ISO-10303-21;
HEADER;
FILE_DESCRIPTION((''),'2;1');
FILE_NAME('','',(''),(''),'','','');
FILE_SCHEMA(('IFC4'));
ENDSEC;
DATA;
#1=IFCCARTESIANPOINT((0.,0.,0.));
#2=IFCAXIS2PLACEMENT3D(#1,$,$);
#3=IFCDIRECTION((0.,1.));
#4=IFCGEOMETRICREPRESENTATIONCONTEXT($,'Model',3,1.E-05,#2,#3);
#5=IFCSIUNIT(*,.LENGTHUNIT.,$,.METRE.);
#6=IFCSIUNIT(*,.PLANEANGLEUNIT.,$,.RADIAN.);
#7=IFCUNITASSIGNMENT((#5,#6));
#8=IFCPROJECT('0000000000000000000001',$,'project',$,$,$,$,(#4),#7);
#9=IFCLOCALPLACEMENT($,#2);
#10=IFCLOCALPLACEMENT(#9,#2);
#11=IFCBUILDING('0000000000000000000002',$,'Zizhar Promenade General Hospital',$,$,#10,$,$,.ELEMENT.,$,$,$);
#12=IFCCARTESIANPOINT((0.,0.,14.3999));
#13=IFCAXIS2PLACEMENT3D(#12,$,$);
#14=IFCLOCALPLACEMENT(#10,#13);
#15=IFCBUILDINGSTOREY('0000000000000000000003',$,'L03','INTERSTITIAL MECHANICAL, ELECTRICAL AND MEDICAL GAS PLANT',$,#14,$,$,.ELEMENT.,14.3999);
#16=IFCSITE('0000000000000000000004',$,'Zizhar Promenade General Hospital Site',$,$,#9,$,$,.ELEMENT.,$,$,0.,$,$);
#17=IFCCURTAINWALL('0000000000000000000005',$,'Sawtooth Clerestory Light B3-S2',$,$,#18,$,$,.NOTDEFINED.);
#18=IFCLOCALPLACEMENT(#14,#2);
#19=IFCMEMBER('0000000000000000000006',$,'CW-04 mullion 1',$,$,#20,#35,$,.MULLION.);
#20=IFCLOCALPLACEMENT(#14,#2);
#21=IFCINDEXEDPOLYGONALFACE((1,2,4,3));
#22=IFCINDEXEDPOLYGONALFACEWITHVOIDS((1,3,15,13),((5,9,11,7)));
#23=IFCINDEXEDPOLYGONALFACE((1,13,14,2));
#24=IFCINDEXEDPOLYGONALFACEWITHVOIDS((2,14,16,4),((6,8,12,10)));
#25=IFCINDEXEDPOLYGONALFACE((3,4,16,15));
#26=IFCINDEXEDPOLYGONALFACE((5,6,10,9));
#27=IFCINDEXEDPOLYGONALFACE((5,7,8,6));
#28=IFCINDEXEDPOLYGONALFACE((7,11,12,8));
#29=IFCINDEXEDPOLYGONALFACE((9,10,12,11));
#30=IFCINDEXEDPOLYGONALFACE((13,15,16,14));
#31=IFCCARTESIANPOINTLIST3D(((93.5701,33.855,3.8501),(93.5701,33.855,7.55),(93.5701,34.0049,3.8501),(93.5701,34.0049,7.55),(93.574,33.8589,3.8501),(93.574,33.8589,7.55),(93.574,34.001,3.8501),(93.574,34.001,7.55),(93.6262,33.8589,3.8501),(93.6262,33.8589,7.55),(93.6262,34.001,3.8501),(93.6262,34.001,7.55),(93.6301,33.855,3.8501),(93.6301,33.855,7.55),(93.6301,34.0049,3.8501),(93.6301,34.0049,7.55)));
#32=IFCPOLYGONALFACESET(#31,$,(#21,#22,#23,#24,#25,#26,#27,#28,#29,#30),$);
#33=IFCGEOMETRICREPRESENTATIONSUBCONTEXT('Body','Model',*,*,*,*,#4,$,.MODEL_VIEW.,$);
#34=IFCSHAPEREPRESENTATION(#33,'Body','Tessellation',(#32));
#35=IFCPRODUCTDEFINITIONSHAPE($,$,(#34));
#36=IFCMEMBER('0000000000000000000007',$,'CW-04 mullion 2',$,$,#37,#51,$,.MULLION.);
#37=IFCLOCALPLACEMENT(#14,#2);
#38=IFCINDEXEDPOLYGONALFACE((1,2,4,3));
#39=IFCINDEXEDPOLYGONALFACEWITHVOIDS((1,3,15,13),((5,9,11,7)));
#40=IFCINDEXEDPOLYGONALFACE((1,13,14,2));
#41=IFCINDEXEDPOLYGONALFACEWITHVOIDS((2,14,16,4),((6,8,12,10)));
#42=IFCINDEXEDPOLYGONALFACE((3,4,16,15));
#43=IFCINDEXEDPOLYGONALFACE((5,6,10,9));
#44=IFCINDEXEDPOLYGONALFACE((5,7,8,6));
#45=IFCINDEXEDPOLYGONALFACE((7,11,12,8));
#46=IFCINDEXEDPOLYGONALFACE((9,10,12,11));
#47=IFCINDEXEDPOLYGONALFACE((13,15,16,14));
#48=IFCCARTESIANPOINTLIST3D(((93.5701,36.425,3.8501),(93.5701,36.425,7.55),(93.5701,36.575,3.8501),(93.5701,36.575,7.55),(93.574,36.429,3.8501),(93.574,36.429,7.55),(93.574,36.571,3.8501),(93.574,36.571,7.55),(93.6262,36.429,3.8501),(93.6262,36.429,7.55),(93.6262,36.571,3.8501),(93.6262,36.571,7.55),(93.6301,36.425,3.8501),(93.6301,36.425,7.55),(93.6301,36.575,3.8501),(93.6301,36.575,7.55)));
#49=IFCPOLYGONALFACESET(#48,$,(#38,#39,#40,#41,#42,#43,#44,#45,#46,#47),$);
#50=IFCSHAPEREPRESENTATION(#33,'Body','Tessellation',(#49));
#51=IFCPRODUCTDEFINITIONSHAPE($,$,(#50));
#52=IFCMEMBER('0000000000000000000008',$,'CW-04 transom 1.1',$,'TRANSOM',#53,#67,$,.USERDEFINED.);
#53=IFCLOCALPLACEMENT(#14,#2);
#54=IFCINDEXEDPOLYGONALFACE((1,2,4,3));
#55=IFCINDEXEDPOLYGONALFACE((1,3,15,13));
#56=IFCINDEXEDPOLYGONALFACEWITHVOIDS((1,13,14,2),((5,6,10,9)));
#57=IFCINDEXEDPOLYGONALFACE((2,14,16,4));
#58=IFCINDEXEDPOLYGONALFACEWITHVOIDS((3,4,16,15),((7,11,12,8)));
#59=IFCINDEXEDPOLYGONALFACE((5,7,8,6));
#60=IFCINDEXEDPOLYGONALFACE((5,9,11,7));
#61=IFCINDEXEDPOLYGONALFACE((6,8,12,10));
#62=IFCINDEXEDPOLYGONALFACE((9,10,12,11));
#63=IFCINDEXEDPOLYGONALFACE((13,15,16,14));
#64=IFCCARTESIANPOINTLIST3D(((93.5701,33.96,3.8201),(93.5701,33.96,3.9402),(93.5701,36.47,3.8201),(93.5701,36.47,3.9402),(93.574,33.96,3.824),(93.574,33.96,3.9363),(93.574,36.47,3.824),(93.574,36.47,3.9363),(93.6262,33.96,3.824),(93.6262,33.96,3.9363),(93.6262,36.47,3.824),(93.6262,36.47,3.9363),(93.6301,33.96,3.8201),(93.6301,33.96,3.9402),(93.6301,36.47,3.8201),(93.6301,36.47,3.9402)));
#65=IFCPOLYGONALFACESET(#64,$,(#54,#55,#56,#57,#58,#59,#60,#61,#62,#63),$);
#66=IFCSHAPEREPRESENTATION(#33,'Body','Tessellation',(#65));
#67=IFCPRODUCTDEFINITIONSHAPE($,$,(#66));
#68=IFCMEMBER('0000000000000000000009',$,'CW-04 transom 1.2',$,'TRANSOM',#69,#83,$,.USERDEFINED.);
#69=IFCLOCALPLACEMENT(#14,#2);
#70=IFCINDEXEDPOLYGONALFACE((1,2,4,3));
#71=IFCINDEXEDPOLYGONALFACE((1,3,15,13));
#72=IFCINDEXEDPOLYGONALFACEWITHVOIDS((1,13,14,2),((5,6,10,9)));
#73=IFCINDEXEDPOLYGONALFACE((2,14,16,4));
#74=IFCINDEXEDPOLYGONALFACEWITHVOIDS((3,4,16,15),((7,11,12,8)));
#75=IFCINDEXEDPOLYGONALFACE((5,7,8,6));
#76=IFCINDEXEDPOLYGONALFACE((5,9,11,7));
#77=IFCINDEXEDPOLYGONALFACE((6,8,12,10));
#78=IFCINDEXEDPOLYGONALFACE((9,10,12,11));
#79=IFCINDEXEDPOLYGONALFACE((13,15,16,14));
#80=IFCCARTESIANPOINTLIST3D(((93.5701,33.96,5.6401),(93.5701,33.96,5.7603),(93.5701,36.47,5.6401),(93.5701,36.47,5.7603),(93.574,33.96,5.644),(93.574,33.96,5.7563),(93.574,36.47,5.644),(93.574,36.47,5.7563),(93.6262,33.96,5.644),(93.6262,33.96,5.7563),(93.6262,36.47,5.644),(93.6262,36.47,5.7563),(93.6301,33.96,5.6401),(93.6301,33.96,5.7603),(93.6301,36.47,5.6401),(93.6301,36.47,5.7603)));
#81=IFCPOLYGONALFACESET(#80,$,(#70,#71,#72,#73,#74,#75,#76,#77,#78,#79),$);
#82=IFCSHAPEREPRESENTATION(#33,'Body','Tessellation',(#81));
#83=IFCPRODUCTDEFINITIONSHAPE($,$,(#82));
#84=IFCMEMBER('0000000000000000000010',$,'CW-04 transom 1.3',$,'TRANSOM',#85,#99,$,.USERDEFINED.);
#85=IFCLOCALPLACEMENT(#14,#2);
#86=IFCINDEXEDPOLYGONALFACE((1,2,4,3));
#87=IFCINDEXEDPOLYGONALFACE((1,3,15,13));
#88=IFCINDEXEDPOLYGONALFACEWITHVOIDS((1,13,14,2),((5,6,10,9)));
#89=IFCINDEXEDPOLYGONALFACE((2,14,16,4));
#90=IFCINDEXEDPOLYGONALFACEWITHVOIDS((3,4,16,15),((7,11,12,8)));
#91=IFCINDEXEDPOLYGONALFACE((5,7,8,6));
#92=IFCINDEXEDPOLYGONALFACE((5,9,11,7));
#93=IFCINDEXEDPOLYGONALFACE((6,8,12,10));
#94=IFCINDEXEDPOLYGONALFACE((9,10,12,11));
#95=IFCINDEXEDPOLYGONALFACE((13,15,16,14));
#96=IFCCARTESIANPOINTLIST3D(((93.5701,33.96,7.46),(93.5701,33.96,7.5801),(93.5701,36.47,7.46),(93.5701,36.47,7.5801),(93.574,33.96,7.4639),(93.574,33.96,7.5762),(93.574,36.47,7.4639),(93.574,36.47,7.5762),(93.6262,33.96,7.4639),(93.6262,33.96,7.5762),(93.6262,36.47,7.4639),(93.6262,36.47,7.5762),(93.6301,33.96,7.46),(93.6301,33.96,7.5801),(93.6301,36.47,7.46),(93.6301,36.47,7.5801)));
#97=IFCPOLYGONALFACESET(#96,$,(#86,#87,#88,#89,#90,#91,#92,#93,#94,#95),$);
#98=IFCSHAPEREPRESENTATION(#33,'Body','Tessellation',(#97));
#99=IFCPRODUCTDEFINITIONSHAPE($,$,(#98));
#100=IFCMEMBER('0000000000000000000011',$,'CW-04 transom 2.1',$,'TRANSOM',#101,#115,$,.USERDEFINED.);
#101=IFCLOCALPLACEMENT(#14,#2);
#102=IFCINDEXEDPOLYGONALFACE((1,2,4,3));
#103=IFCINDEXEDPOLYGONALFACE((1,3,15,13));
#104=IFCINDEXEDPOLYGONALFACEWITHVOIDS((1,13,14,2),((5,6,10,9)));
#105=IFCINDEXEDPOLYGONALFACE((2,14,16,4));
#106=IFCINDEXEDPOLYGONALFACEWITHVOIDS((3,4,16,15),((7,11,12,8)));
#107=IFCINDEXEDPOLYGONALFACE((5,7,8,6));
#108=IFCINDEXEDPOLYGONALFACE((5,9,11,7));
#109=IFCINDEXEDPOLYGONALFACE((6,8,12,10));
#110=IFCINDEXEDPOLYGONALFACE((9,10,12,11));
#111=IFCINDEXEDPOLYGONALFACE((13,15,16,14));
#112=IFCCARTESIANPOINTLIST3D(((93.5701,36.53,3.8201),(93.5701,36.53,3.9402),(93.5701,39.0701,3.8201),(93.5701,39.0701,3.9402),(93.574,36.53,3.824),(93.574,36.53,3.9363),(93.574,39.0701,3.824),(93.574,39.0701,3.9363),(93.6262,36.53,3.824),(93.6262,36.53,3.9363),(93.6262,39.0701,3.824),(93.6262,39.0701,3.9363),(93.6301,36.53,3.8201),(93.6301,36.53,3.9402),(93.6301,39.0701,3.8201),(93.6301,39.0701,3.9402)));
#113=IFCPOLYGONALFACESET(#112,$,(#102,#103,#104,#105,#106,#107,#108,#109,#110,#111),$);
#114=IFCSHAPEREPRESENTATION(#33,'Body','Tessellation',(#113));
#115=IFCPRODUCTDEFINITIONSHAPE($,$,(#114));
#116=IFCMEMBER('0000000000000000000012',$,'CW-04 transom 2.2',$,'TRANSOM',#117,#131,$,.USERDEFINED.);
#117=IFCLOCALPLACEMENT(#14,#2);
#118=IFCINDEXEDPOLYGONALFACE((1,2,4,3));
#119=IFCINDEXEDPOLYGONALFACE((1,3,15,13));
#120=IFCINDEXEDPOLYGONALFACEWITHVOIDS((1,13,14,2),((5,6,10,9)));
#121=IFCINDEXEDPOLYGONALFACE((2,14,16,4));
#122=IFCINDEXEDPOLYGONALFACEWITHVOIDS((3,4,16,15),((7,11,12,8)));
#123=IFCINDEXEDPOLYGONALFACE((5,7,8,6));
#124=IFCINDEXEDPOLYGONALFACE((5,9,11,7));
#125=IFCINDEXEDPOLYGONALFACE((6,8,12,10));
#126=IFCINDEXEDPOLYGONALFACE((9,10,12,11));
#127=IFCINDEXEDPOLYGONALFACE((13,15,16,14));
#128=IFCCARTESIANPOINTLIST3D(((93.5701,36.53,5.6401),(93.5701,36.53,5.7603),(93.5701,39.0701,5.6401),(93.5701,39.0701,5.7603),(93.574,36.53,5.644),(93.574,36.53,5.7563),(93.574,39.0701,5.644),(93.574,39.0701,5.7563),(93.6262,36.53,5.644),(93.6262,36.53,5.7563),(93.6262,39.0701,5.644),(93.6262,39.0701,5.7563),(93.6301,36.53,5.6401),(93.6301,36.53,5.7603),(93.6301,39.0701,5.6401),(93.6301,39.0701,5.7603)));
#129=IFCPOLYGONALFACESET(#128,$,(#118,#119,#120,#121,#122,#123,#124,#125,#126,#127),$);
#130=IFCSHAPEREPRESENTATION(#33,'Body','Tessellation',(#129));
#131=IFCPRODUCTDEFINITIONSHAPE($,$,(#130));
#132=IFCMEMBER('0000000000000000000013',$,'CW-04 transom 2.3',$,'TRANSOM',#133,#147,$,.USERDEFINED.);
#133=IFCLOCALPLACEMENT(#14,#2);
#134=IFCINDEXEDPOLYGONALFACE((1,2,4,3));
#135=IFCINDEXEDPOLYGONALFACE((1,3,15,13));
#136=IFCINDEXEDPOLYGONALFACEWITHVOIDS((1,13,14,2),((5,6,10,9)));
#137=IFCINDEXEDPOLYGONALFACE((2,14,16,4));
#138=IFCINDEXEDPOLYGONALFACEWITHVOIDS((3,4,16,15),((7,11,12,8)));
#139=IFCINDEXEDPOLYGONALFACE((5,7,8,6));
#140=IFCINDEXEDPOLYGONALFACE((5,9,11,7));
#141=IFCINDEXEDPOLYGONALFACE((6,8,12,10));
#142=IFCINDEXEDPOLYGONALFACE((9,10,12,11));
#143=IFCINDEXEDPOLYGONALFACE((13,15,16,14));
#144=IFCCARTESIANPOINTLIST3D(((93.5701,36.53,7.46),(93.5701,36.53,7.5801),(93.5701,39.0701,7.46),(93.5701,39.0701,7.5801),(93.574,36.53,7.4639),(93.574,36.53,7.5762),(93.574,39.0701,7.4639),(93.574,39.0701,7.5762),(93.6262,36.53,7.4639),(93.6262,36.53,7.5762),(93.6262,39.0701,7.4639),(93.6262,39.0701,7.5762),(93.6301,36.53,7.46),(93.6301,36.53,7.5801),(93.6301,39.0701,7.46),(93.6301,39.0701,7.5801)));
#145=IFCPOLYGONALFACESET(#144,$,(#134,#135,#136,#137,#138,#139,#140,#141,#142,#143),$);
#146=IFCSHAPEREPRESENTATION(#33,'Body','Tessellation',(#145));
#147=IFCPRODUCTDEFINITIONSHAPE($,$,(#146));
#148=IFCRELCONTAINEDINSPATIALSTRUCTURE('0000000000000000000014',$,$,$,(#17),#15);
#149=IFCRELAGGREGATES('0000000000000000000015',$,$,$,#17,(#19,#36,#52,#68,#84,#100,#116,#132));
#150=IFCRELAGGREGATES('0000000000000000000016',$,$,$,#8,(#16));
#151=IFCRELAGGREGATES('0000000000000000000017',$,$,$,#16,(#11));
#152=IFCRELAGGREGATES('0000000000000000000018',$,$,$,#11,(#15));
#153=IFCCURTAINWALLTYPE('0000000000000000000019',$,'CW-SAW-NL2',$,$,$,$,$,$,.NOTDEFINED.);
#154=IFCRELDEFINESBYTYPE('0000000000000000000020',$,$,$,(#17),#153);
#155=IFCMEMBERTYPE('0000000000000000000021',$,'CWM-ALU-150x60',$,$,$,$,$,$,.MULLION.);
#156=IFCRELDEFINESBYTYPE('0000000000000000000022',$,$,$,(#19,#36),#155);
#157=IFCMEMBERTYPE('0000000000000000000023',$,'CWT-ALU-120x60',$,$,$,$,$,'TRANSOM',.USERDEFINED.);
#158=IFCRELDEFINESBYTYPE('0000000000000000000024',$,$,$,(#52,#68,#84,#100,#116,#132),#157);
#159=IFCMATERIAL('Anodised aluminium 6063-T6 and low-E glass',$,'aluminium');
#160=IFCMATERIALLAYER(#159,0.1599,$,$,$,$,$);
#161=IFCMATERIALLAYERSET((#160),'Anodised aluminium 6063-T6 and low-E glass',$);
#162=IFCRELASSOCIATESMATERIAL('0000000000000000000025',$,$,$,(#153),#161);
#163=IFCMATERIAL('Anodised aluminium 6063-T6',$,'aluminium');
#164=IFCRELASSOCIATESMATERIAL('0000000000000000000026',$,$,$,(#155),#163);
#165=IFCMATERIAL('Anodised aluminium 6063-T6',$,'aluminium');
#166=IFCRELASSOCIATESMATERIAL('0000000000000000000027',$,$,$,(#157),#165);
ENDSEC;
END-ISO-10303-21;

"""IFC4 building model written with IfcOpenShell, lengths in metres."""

from ifc_helpers import new_model, si_unit, direction, frame, origin, origin_2d, place, context, subcontext, project, spatial, hollow_rectangle, extrude, material, layer, layer_set, material_profile, profile_set, type_object, element, aggregate, save


model = new_model("IFC4")

# Units and contexts
model_context = context("Model", 3, precision=1e-05, world=origin(), true_north=direction((0.0, 1.0)))
body_context = subcontext(model_context, "Body", "Model", "MODEL_VIEW")
ifc_project = project(units=[si_unit("LENGTHUNIT", "METRE"), si_unit("PLANEANGLEUNIT", "RADIAN")], contexts=[model_context])

# Site, building, storey
site_placement = place(None, origin())
site = spatial("IfcSite", under=ifc_project, at=site_placement, Name="Zizhar Promenade General Hospital Site", CompositionType="ELEMENT", RefElevation=0.0)
building_placement = place(site_placement, origin())
building = spatial("IfcBuilding", under=site, at=building_placement, Name="Zizhar Promenade General Hospital", CompositionType="ELEMENT")
storey_placement = place(building_placement, frame((0.0, 0.0, 14.3999)))
storey = spatial("IfcBuildingStorey", under=building, at=storey_placement, Name="L03", Description="INTERSTITIAL MECHANICAL, ELECTRICAL AND MEDICAL GAS PLANT", CompositionType="ELEMENT", Elevation=14.3999)

# Curtain wall, members
ifc_material_1 = material(Name="Anodised aluminium 6063-T6 and low-E glass", Category="aluminium")
ifc_layer_1 = layer(ifc_material_1, 0.1599)
ifc_layer_set_1 = layer_set([ifc_layer_1], Name="Anodised aluminium 6063-T6 and low-E glass")
curtain_wall_type = type_object("IfcCurtainWallType", Name="CW-SAW-NL2", PredefinedType="NOTDEFINED", material=ifc_layer_set_1)
curtain_wall_placement = place(storey_placement, origin())
curtain_wall = element("IfcCurtainWall", 1, at=curtain_wall_placement, inside=storey, type_object=curtain_wall_type, Name="Sawtooth Clerestory Light B3-S2", PredefinedType="NOTDEFINED")
ifc_material_2 = material(Name="Anodised aluminium 6063-T6", Category="aluminium")
ifc_material_profile_1 = material_profile(ifc_material_2, hollow_rectangle(XDim=0.0601, YDim=0.1499, WallThickness=0.0039, at=origin_2d()))
ifc_profile_set_1 = profile_set([ifc_material_profile_1], Name="Anodised aluminium 6063-T6")
member_type_1 = type_object("IfcMemberType", Name="CWM-ALU-150x60", PredefinedType="MULLION", material=ifc_profile_set_1)
member_1_placement = place(storey_placement, frame((93.6001, 33.9299, 3.8501), z_axis=(0.0, 0.0, 1.0), x_axis=(-1.0, 0.0, 0.0)))
member_1 = element("IfcMember", 2, at=member_1_placement, type_object=member_type_1, Name="CW-04 mullion 1", PredefinedType="MULLION", context=body_context, shape_type="SweptSolid", body=[
    extrude(hollow_rectangle(XDim=0.0601, YDim=0.1499, WallThickness=0.0039, at=origin_2d()), origin(), (0.0, 0.0, 1.0), 3.7),
])
member_2_placement = place(storey_placement, frame((93.6001, 36.5, 3.8501), z_axis=(0.0, 0.0, 1.0), x_axis=(-1.0, 0.0, 0.0)))
member_2 = element("IfcMember", 3, at=member_2_placement, type_object=member_type_1, Name="CW-04 mullion 2", PredefinedType="MULLION", context=body_context, shape_type="SweptSolid", body=[
    extrude(hollow_rectangle(XDim=0.0601, YDim=0.1499, WallThickness=0.0039, at=origin_2d()), origin(), (0.0, 0.0, 1.0), 3.7),
])
ifc_material_3 = material(Name="Anodised aluminium 6063-T6", Category="aluminium")
ifc_material_profile_2 = material_profile(ifc_material_3, hollow_rectangle(XDim=0.0601, YDim=0.1201, WallThickness=0.0039, at=origin_2d()))
ifc_profile_set_2 = profile_set([ifc_material_profile_2], Name="Anodised aluminium 6063-T6")
member_type_2 = type_object("IfcMemberType", Name="CWT-ALU-120x60", ElementType="TRANSOM", PredefinedType="USERDEFINED", material=ifc_profile_set_2)
member_3_placement = place(storey_placement, frame((93.6001, 33.96, 3.8801), z_axis=(0.0, 1.0, 0.0), x_axis=(-1.0, 0.0, 0.0)))
member_3 = element("IfcMember", 4, at=member_3_placement, type_object=member_type_2, Name="CW-04 transom 1.1", ObjectType="TRANSOM", PredefinedType="USERDEFINED", context=body_context, shape_type="SweptSolid", body=[
    extrude(hollow_rectangle(XDim=0.0601, YDim=0.1201, WallThickness=0.0039, at=origin_2d()), origin(), (0.0, 0.0, 1.0), 2.51),
])
member_4_placement = place(storey_placement, frame((93.6001, 33.96, 5.7002), z_axis=(0.0, 1.0, 0.0), x_axis=(-1.0, 0.0, 0.0)))
member_4 = element("IfcMember", 5, at=member_4_placement, type_object=member_type_2, Name="CW-04 transom 1.2", ObjectType="TRANSOM", PredefinedType="USERDEFINED", context=body_context, shape_type="SweptSolid", body=[
    extrude(hollow_rectangle(XDim=0.0601, YDim=0.1201, WallThickness=0.0039, at=origin_2d()), origin(), (0.0, 0.0, 1.0), 2.51),
])
member_5_placement = place(storey_placement, frame((93.6001, 33.96, 7.52), z_axis=(0.0, 1.0, 0.0), x_axis=(-1.0, 0.0, 0.0)))
member_5 = element("IfcMember", 6, at=member_5_placement, type_object=member_type_2, Name="CW-04 transom 1.3", ObjectType="TRANSOM", PredefinedType="USERDEFINED", context=body_context, shape_type="SweptSolid", body=[
    extrude(hollow_rectangle(XDim=0.0601, YDim=0.1201, WallThickness=0.0039, at=origin_2d()), origin(), (0.0, 0.0, 1.0), 2.51),
])
member_6_placement = place(storey_placement, frame((93.6001, 36.53, 3.8801), z_axis=(0.0, 1.0, 0.0), x_axis=(-1.0, 0.0, 0.0)))
member_6 = element("IfcMember", 7, at=member_6_placement, type_object=member_type_2, Name="CW-04 transom 2.1", ObjectType="TRANSOM", PredefinedType="USERDEFINED", context=body_context, shape_type="SweptSolid", body=[
    extrude(hollow_rectangle(XDim=0.0601, YDim=0.1201, WallThickness=0.0039, at=origin_2d()), origin(), (0.0, 0.0, 1.0), 2.54),
])
member_7_placement = place(storey_placement, frame((93.6001, 36.53, 5.7002), z_axis=(0.0, 1.0, 0.0), x_axis=(-1.0, 0.0, 0.0)))
member_7 = element("IfcMember", 8, at=member_7_placement, type_object=member_type_2, Name="CW-04 transom 2.2", ObjectType="TRANSOM", PredefinedType="USERDEFINED", context=body_context, shape_type="SweptSolid", body=[
    extrude(hollow_rectangle(XDim=0.0601, YDim=0.1201, WallThickness=0.0039, at=origin_2d()), origin(), (0.0, 0.0, 1.0), 2.54),
])
member_8_placement = place(storey_placement, frame((93.6001, 36.53, 7.52), z_axis=(0.0, 1.0, 0.0), x_axis=(-1.0, 0.0, 0.0)))
member_8 = element("IfcMember", 9, at=member_8_placement, type_object=member_type_2, Name="CW-04 transom 2.3", ObjectType="TRANSOM", PredefinedType="USERDEFINED", context=body_context, shape_type="SweptSolid", body=[
    extrude(hollow_rectangle(XDim=0.0601, YDim=0.1201, WallThickness=0.0039, at=origin_2d()), origin(), (0.0, 0.0, 1.0), 2.54),
])

aggregate(curtain_wall, [member_1, member_2, member_3, member_4, member_5, member_6, member_7, member_8])

save(model, "model.ifc")
